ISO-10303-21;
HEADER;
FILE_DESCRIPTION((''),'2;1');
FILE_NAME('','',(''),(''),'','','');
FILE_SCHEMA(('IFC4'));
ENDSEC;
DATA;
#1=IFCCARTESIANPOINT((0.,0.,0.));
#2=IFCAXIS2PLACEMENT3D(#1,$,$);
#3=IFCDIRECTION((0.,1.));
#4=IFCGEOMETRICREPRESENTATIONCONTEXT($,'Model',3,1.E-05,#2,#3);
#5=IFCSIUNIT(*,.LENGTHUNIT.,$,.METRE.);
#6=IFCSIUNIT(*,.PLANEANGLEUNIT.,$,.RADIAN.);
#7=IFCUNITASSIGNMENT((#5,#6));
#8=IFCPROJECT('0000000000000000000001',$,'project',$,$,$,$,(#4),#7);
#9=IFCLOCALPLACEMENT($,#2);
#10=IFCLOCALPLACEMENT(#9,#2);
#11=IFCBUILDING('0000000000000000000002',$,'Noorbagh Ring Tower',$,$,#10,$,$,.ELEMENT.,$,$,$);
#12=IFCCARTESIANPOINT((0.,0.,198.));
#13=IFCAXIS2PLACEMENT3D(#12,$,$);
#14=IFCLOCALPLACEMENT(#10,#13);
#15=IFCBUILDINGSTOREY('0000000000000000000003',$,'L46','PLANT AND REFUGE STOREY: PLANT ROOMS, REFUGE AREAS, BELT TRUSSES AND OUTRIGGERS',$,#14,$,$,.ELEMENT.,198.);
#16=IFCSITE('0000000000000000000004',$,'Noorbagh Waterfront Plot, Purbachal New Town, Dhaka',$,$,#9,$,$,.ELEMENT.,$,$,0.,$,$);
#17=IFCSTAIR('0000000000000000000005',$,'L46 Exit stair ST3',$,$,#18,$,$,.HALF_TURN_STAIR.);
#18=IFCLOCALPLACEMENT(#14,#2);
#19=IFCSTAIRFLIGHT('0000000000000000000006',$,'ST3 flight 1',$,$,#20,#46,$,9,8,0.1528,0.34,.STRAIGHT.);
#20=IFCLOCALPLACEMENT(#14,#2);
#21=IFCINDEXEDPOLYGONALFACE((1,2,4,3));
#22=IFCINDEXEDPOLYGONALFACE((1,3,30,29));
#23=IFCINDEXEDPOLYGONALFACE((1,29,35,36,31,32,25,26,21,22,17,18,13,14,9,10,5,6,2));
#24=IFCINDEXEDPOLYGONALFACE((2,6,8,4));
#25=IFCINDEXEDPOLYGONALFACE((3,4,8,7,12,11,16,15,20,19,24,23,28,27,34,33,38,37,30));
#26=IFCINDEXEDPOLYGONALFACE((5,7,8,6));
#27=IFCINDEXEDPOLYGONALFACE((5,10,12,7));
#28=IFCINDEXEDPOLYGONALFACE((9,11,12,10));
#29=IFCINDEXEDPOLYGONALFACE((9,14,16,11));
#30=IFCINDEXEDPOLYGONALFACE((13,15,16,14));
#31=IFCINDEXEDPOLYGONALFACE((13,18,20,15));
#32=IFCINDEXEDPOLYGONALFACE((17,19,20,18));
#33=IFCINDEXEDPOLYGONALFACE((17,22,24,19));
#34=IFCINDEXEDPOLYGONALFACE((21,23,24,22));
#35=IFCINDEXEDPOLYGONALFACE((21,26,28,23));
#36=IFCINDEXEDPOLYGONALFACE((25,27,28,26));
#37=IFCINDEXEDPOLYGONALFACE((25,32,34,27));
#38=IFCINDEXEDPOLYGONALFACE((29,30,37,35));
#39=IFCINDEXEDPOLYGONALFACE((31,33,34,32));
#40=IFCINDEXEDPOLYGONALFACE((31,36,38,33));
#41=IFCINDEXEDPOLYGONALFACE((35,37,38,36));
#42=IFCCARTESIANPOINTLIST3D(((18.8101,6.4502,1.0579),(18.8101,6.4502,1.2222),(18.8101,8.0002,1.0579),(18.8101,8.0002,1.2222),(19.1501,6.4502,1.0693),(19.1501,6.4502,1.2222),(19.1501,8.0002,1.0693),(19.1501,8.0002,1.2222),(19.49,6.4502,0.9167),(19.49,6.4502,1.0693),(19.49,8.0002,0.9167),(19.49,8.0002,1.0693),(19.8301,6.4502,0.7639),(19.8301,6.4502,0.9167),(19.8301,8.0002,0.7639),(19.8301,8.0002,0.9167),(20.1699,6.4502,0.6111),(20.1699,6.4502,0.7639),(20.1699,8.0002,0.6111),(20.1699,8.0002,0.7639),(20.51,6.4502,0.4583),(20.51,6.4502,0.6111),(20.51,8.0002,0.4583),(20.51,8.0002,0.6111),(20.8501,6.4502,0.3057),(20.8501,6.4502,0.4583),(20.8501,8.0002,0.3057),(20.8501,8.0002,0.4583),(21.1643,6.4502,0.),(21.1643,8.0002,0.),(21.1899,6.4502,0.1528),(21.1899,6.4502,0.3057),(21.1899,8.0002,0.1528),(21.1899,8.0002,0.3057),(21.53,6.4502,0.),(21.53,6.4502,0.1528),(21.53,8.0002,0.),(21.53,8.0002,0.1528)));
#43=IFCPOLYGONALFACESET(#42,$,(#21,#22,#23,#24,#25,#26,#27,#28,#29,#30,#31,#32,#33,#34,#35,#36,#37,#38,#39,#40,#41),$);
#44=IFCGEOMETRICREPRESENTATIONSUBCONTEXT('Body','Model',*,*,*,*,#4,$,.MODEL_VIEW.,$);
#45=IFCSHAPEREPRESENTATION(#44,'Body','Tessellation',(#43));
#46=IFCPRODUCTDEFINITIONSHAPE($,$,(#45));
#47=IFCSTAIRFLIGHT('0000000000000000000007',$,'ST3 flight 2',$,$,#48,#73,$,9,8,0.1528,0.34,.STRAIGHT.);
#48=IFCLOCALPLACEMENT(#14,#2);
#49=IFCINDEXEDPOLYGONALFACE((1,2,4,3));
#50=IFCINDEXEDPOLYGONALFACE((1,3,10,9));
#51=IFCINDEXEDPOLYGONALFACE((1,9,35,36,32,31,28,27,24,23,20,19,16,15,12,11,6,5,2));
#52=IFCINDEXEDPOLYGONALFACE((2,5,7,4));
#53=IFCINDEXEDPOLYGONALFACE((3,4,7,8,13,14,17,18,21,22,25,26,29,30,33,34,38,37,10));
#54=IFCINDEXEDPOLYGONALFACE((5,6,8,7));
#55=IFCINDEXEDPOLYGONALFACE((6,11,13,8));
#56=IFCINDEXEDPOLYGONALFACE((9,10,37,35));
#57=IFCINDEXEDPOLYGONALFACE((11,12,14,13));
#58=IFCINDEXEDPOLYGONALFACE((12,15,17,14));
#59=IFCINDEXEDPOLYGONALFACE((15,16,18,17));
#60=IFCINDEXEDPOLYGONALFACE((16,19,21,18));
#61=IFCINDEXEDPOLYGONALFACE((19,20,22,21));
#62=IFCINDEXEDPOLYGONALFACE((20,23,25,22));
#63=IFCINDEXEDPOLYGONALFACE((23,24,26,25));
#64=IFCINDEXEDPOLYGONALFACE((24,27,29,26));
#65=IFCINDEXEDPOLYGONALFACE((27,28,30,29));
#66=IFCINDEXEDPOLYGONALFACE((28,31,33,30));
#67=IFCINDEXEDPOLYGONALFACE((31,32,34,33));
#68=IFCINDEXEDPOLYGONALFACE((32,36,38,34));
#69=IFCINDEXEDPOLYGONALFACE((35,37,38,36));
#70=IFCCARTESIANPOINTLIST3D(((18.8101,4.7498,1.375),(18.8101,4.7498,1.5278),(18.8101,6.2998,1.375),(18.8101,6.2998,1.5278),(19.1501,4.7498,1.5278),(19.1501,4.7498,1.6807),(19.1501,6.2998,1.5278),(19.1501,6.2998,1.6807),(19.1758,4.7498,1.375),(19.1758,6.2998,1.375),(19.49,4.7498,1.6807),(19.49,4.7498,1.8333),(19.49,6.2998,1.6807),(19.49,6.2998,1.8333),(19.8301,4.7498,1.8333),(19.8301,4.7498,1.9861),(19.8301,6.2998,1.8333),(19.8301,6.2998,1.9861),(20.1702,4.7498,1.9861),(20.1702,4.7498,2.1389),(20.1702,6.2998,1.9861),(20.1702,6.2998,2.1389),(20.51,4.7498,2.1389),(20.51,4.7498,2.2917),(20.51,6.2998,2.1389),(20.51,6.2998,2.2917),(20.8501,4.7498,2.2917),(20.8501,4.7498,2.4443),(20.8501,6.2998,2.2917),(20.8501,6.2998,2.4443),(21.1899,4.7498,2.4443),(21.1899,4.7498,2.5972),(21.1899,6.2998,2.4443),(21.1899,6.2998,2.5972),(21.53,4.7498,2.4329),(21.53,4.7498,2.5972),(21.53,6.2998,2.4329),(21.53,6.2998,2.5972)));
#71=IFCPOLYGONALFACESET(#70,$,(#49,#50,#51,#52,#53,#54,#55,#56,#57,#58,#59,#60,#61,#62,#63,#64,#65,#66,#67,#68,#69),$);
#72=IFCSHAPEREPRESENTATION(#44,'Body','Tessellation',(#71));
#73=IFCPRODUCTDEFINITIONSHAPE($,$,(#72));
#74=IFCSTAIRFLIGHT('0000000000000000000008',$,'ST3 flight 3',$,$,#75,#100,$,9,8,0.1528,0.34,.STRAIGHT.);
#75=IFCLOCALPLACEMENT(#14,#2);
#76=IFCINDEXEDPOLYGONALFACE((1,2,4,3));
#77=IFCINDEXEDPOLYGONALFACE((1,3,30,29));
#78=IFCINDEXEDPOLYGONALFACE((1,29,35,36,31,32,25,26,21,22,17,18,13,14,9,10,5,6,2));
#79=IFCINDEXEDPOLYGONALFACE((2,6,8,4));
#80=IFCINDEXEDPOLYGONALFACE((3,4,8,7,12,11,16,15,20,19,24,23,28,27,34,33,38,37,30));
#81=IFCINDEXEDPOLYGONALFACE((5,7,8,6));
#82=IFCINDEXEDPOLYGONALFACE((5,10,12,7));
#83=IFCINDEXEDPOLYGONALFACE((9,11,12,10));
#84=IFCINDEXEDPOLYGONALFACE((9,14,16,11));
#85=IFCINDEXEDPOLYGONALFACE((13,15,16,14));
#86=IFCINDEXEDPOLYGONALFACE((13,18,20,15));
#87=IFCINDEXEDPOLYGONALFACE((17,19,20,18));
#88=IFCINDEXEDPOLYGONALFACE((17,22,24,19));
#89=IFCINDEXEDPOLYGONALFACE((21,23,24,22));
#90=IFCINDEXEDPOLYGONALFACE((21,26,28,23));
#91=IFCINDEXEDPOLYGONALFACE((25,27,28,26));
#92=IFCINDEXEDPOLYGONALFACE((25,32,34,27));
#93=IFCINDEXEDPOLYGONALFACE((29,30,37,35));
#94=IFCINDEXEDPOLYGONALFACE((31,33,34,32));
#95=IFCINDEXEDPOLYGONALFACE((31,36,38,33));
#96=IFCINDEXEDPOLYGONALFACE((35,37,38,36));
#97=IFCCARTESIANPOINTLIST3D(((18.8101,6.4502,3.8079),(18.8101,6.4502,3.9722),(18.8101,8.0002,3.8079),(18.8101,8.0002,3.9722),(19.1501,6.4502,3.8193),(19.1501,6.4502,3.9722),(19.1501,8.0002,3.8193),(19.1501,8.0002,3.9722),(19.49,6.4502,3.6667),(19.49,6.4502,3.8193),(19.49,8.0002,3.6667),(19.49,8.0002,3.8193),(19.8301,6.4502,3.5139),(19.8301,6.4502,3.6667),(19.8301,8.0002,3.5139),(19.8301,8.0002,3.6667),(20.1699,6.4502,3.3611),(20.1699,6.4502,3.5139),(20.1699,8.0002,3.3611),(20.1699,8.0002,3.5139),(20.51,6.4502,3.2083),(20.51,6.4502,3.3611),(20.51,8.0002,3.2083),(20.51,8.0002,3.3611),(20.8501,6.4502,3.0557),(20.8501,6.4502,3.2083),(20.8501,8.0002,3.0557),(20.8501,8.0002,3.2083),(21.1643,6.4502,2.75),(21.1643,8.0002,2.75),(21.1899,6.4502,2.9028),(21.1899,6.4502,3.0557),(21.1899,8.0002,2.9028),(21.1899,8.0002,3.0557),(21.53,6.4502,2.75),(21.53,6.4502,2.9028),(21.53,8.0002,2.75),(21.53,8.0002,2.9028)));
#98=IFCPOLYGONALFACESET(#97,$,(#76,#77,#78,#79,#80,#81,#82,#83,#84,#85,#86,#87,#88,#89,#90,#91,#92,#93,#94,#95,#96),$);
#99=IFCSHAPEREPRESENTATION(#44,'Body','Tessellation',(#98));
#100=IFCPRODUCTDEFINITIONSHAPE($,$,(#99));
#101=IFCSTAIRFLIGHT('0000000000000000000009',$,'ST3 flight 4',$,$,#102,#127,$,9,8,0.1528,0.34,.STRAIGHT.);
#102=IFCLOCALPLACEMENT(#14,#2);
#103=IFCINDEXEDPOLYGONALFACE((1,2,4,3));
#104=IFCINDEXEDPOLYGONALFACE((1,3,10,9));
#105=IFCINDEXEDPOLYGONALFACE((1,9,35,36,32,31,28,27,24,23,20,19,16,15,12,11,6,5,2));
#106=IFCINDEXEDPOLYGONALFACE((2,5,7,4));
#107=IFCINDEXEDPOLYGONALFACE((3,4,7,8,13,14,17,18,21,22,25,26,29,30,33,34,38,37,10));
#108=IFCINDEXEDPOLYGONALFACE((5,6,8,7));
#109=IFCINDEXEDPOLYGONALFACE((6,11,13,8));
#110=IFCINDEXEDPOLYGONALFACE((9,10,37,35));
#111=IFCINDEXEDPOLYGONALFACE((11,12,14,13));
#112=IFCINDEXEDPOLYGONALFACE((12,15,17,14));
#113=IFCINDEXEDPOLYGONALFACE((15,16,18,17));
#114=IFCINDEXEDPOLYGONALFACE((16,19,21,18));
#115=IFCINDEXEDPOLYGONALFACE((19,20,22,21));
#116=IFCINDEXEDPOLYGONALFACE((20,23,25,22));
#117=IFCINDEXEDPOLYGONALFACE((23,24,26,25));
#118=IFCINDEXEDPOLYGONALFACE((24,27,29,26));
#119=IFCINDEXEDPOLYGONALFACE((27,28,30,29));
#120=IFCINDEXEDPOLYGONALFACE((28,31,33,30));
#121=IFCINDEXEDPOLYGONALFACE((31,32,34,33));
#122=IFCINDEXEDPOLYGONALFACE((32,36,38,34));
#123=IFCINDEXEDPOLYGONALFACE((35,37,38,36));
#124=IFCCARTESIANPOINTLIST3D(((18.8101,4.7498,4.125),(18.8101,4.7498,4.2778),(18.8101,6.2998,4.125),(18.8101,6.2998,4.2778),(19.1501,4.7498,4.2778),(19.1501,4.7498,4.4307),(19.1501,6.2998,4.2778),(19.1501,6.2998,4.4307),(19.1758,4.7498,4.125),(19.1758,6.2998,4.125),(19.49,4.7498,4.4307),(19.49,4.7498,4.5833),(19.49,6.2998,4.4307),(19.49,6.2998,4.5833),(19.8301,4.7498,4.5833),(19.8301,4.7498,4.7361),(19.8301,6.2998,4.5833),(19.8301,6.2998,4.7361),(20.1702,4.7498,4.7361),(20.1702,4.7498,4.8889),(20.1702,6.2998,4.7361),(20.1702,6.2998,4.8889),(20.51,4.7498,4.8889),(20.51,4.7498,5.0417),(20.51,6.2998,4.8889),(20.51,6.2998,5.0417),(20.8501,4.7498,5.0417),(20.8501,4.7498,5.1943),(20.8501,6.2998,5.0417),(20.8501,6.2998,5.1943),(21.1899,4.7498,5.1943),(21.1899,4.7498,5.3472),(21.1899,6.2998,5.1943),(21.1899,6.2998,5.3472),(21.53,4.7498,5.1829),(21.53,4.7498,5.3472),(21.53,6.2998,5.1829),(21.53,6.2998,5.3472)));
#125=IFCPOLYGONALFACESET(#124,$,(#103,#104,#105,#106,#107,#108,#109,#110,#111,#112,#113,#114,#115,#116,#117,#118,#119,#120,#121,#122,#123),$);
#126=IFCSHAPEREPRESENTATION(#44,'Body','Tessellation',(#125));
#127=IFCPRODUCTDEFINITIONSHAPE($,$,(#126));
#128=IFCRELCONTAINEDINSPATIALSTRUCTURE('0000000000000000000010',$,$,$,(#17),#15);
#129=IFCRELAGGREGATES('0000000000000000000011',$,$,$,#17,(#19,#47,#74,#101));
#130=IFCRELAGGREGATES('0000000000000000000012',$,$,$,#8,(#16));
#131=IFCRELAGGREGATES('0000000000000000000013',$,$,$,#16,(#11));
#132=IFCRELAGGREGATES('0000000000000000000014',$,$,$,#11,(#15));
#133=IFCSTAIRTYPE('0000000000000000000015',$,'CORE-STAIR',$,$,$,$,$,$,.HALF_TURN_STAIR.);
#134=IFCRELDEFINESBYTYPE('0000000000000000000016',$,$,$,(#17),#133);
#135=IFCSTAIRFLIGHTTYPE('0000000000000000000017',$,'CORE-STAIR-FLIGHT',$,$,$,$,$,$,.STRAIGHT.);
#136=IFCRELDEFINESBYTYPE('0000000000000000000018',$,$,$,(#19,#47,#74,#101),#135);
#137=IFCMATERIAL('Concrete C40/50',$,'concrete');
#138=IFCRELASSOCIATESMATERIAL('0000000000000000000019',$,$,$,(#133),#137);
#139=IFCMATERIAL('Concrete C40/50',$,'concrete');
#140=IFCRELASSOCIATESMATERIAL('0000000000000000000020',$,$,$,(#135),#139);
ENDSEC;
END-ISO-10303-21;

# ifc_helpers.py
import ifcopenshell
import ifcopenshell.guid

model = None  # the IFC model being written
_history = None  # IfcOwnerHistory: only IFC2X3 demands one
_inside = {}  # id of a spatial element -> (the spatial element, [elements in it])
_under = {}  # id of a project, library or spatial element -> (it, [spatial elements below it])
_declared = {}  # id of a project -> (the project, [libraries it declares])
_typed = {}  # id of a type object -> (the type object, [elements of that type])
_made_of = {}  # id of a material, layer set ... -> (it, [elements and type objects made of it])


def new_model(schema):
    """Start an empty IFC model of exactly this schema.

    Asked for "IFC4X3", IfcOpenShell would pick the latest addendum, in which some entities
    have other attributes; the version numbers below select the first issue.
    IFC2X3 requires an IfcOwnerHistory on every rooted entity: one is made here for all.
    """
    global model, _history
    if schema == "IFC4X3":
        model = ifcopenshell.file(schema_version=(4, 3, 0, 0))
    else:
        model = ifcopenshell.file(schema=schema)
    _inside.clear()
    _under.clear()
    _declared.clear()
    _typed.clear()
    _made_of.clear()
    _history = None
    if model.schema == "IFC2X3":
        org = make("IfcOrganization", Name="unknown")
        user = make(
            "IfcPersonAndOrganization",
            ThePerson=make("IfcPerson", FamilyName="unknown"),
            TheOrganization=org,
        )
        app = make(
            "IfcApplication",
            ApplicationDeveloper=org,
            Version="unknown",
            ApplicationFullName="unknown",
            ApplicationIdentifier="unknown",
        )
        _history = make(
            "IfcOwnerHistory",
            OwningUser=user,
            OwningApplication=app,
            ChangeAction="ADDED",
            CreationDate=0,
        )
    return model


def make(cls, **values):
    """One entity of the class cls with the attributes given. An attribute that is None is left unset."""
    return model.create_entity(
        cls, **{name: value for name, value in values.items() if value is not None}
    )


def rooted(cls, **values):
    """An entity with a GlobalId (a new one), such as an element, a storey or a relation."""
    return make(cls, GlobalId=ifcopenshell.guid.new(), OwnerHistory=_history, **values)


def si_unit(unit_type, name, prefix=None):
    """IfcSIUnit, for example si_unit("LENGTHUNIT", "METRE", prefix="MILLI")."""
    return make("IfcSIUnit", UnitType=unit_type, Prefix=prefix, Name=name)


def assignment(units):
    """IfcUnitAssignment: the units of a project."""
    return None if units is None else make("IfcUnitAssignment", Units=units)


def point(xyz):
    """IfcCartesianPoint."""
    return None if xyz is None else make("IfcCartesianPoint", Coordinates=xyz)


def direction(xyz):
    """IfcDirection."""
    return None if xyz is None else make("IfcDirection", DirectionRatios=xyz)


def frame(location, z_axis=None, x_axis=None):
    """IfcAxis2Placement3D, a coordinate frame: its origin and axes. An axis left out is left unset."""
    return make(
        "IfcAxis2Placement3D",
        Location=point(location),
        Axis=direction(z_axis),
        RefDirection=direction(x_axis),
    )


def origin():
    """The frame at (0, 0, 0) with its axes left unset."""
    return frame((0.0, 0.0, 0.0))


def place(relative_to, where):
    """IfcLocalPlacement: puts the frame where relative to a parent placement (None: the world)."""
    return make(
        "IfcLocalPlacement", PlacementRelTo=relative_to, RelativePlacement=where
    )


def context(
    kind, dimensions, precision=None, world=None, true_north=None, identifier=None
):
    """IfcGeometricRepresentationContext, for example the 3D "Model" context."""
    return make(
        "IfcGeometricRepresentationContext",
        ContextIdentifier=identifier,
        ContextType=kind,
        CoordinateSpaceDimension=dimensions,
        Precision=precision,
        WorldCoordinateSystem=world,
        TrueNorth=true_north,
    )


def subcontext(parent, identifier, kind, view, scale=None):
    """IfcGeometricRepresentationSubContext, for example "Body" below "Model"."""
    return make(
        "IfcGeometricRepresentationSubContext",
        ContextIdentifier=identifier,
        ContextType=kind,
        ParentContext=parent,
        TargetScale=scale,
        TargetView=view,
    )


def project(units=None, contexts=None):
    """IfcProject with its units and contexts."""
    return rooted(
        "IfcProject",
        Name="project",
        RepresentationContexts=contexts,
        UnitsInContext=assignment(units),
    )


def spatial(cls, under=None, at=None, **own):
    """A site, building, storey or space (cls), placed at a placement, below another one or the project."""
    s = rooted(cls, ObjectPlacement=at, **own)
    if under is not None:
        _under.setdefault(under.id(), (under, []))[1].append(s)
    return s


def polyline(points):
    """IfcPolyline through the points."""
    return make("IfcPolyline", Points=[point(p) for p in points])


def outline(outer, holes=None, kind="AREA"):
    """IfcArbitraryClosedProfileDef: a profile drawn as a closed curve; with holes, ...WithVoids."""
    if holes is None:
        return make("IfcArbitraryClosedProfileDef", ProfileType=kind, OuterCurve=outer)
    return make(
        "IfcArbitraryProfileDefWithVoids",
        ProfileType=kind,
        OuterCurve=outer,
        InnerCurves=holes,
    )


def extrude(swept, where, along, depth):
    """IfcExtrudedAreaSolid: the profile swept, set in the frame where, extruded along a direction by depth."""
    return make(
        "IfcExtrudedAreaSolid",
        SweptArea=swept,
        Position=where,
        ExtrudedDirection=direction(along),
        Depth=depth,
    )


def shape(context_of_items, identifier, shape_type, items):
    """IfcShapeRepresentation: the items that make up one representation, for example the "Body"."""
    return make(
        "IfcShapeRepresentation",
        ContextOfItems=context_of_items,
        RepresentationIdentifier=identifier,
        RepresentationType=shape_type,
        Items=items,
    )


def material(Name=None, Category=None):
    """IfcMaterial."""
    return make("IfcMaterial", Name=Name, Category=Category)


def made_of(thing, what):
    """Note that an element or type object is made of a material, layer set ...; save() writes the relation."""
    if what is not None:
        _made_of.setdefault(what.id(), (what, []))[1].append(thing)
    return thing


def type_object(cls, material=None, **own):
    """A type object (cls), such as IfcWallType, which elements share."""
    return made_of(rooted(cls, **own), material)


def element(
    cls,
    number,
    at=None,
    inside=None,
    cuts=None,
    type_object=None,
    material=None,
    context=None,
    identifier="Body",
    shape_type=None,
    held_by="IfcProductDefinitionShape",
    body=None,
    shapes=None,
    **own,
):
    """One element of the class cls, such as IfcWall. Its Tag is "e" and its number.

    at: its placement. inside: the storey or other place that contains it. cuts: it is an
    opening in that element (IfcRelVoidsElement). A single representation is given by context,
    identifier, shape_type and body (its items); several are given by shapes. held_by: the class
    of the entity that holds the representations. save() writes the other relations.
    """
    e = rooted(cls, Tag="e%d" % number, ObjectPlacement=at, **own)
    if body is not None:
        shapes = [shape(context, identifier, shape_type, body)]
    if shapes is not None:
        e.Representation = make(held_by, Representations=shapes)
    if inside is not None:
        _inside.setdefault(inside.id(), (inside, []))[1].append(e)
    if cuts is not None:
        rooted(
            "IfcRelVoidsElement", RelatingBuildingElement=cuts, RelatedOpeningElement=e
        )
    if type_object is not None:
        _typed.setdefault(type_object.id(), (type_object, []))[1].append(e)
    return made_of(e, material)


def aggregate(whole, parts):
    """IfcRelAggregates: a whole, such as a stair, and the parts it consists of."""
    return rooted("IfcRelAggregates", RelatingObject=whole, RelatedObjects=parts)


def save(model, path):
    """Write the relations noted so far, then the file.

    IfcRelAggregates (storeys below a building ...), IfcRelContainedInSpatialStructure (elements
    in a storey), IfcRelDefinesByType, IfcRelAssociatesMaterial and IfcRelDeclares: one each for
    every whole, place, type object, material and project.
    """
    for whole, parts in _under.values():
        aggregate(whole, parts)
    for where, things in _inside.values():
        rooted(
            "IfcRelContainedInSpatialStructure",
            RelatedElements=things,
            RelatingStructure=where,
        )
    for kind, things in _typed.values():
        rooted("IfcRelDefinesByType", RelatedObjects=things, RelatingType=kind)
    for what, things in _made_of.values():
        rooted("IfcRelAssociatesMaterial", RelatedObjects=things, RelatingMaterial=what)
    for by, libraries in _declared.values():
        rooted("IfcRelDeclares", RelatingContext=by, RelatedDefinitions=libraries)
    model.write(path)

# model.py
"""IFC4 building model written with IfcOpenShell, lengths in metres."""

from ifc_helpers import new_model, si_unit, direction, frame, origin, place, context, subcontext, project, spatial, polyline, outline, extrude, material, type_object, element, aggregate, save


model = new_model("IFC4")

# Units and contexts
model_context = context("Model", 3, precision=1e-05, world=origin(), true_north=direction((0.0, 1.0)))
body_context = subcontext(model_context, "Body", "Model", "MODEL_VIEW")
ifc_project = project(units=[si_unit("LENGTHUNIT", "METRE"), si_unit("PLANEANGLEUNIT", "RADIAN")], contexts=[model_context])

# Site, building, storey
site_placement = place(None, origin())
site = spatial("IfcSite", under=ifc_project, at=site_placement, Name="Noorbagh Waterfront Plot, Purbachal New Town, Dhaka", CompositionType="ELEMENT", RefElevation=0.0)
building_placement = place(site_placement, origin())
building = spatial("IfcBuilding", under=site, at=building_placement, Name="Noorbagh Ring Tower", CompositionType="ELEMENT")
storey_placement = place(building_placement, frame((0.0, 0.0, 198.0)))
storey = spatial("IfcBuildingStorey", under=building, at=storey_placement, Name="L46", Description="PLANT AND REFUGE STOREY: PLANT ROOMS, REFUGE AREAS, BELT TRUSSES AND OUTRIGGERS", CompositionType="ELEMENT", Elevation=198.0)

# Stair, stair flights
ifc_material_1 = material(Name="Concrete C40/50", Category="concrete")
stair_type = type_object("IfcStairType", Name="CORE-STAIR", PredefinedType="HALF_TURN_STAIR", material=ifc_material_1)
stair_placement = place(storey_placement, origin())
stair = element("IfcStair", 1, at=stair_placement, inside=storey, type_object=stair_type, Name="L46 Exit stair ST3", PredefinedType="HALF_TURN_STAIR")
ifc_material_2 = material(Name="Concrete C40/50", Category="concrete")
stair_flight_type = type_object("IfcStairFlightType", Name="CORE-STAIR-FLIGHT", PredefinedType="STRAIGHT", material=ifc_material_2)
stair_flight_1_placement = place(storey_placement, frame((21.53, 7.2251, 0.0), z_axis=(0.0, 0.0, 1.0), x_axis=(-1.0, 0.0, 0.0)))
stair_flight_1 = element("IfcStairFlight", 2, at=stair_flight_1_placement, type_object=stair_flight_type, Name="ST3 flight 1", NumberOfRisers=9, NumberOfTreads=8, PredefinedType="STRAIGHT", RiserHeight=0.1528, TreadLength=0.34, context=body_context, shape_type="SweptSolid", body=[
    extrude(outline(polyline([(0.0, 0.0), (0.0, 0.1528), (0.3401, 0.1528), (0.3401, 0.3057), (0.6799, 0.3057), (0.6799, 0.4583), (1.02, 0.4583), (1.02, 0.6111), (1.3601, 0.6111), (1.3601, 0.7639), (1.7, 0.7639), (1.7, 0.9167), (2.04, 0.9167), (2.04, 1.0693), (2.3799, 1.0693), (2.3799, 1.2222), (2.72, 1.2222), (2.72, 1.375), (2.72, 1.0579), (0.3657, 0.0), (0.0, 0.0)])), frame((0.0, 0.7749, 0.0), z_axis=(0.0, -1.0, 0.0), x_axis=(1.0, 0.0, 0.0)), (0.0, 0.0, 1.0), 1.55),
])
stair_flight_2_placement = place(storey_placement, frame((18.8101, 5.5249, 1.375), z_axis=(0.0, 0.0, 1.0), x_axis=(1.0, 0.0, 0.0)))
stair_flight_2 = element("IfcStairFlight", 3, at=stair_flight_2_placement, type_object=stair_flight_type, Name="ST3 flight 2", NumberOfRisers=9, NumberOfTreads=8, PredefinedType="STRAIGHT", RiserHeight=0.1528, TreadLength=0.34, context=body_context, shape_type="SweptSolid", body=[
    extrude(outline(polyline([(0.0, 0.0), (0.0, 0.1528), (0.3401, 0.1528), (0.3401, 0.3057), (0.6799, 0.3057), (0.6799, 0.4583), (1.02, 0.4583), (1.02, 0.6111), (1.3601, 0.6111), (1.3601, 0.7639), (1.7, 0.7639), (1.7, 0.9167), (2.04, 0.9167), (2.04, 1.0693), (2.3799, 1.0693), (2.3799, 1.2222), (2.72, 1.2222), (2.72, 1.375), (2.72, 1.0579), (0.3657, 0.0), (0.0, 0.0)])), frame((0.0, 0.7749, 0.0), z_axis=(0.0, -1.0, 0.0), x_axis=(1.0, 0.0, 0.0)), (0.0, 0.0, 1.0), 1.55),
])
stair_flight_3_placement = place(storey_placement, frame((21.53, 7.2251, 2.75), z_axis=(0.0, 0.0, 1.0), x_axis=(-1.0, 0.0, 0.0)))
stair_flight_3 = element("IfcStairFlight", 4, at=stair_flight_3_placement, type_object=stair_flight_type, Name="ST3 flight 3", NumberOfRisers=9, NumberOfTreads=8, PredefinedType="STRAIGHT", RiserHeight=0.1528, TreadLength=0.34, context=body_context, shape_type="SweptSolid", body=[
    extrude(outline(polyline([(0.0, 0.0), (0.0, 0.1528), (0.3401, 0.1528), (0.3401, 0.3057), (0.6799, 0.3057), (0.6799, 0.4583), (1.02, 0.4583), (1.02, 0.6111), (1.3601, 0.6111), (1.3601, 0.7639), (1.7, 0.7639), (1.7, 0.9167), (2.04, 0.9167), (2.04, 1.0693), (2.3799, 1.0693), (2.3799, 1.2222), (2.72, 1.2222), (2.72, 1.375), (2.72, 1.0579), (0.3657, 0.0), (0.0, 0.0)])), frame((0.0, 0.7749, 0.0), z_axis=(0.0, -1.0, 0.0), x_axis=(1.0, 0.0, 0.0)), (0.0, 0.0, 1.0), 1.55),
])
stair_flight_4_placement = place(storey_placement, frame((18.8101, 5.5249, 4.125), z_axis=(0.0, 0.0, 1.0), x_axis=(1.0, 0.0, 0.0)))
stair_flight_4 = element("IfcStairFlight", 5, at=stair_flight_4_placement, type_object=stair_flight_type, Name="ST3 flight 4", NumberOfRisers=9, NumberOfTreads=8, PredefinedType="STRAIGHT", RiserHeight=0.1528, TreadLength=0.34, context=body_context, shape_type="SweptSolid", body=[
    extrude(outline(polyline([(0.0, 0.0), (0.0, 0.1528), (0.3401, 0.1528), (0.3401, 0.3057), (0.6799, 0.3057), (0.6799, 0.4583), (1.02, 0.4583), (1.02, 0.6111), (1.3601, 0.6111), (1.3601, 0.7639), (1.7, 0.7639), (1.7, 0.9167), (2.04, 0.9167), (2.04, 1.0693), (2.3799, 1.0693), (2.3799, 1.2222), (2.72, 1.2222), (2.72, 1.375), (2.72, 1.0579), (0.3657, 0.0), (0.0, 0.0)])), frame((0.0, 0.7749, 0.0), z_axis=(0.0, -1.0, 0.0), x_axis=(1.0, 0.0, 0.0)), (0.0, 0.0, 1.0), 1.55),
])
aggregate(stair, [stair_flight_1, stair_flight_2, stair_flight_3, stair_flight_4])

save(model, "model.ifc")
